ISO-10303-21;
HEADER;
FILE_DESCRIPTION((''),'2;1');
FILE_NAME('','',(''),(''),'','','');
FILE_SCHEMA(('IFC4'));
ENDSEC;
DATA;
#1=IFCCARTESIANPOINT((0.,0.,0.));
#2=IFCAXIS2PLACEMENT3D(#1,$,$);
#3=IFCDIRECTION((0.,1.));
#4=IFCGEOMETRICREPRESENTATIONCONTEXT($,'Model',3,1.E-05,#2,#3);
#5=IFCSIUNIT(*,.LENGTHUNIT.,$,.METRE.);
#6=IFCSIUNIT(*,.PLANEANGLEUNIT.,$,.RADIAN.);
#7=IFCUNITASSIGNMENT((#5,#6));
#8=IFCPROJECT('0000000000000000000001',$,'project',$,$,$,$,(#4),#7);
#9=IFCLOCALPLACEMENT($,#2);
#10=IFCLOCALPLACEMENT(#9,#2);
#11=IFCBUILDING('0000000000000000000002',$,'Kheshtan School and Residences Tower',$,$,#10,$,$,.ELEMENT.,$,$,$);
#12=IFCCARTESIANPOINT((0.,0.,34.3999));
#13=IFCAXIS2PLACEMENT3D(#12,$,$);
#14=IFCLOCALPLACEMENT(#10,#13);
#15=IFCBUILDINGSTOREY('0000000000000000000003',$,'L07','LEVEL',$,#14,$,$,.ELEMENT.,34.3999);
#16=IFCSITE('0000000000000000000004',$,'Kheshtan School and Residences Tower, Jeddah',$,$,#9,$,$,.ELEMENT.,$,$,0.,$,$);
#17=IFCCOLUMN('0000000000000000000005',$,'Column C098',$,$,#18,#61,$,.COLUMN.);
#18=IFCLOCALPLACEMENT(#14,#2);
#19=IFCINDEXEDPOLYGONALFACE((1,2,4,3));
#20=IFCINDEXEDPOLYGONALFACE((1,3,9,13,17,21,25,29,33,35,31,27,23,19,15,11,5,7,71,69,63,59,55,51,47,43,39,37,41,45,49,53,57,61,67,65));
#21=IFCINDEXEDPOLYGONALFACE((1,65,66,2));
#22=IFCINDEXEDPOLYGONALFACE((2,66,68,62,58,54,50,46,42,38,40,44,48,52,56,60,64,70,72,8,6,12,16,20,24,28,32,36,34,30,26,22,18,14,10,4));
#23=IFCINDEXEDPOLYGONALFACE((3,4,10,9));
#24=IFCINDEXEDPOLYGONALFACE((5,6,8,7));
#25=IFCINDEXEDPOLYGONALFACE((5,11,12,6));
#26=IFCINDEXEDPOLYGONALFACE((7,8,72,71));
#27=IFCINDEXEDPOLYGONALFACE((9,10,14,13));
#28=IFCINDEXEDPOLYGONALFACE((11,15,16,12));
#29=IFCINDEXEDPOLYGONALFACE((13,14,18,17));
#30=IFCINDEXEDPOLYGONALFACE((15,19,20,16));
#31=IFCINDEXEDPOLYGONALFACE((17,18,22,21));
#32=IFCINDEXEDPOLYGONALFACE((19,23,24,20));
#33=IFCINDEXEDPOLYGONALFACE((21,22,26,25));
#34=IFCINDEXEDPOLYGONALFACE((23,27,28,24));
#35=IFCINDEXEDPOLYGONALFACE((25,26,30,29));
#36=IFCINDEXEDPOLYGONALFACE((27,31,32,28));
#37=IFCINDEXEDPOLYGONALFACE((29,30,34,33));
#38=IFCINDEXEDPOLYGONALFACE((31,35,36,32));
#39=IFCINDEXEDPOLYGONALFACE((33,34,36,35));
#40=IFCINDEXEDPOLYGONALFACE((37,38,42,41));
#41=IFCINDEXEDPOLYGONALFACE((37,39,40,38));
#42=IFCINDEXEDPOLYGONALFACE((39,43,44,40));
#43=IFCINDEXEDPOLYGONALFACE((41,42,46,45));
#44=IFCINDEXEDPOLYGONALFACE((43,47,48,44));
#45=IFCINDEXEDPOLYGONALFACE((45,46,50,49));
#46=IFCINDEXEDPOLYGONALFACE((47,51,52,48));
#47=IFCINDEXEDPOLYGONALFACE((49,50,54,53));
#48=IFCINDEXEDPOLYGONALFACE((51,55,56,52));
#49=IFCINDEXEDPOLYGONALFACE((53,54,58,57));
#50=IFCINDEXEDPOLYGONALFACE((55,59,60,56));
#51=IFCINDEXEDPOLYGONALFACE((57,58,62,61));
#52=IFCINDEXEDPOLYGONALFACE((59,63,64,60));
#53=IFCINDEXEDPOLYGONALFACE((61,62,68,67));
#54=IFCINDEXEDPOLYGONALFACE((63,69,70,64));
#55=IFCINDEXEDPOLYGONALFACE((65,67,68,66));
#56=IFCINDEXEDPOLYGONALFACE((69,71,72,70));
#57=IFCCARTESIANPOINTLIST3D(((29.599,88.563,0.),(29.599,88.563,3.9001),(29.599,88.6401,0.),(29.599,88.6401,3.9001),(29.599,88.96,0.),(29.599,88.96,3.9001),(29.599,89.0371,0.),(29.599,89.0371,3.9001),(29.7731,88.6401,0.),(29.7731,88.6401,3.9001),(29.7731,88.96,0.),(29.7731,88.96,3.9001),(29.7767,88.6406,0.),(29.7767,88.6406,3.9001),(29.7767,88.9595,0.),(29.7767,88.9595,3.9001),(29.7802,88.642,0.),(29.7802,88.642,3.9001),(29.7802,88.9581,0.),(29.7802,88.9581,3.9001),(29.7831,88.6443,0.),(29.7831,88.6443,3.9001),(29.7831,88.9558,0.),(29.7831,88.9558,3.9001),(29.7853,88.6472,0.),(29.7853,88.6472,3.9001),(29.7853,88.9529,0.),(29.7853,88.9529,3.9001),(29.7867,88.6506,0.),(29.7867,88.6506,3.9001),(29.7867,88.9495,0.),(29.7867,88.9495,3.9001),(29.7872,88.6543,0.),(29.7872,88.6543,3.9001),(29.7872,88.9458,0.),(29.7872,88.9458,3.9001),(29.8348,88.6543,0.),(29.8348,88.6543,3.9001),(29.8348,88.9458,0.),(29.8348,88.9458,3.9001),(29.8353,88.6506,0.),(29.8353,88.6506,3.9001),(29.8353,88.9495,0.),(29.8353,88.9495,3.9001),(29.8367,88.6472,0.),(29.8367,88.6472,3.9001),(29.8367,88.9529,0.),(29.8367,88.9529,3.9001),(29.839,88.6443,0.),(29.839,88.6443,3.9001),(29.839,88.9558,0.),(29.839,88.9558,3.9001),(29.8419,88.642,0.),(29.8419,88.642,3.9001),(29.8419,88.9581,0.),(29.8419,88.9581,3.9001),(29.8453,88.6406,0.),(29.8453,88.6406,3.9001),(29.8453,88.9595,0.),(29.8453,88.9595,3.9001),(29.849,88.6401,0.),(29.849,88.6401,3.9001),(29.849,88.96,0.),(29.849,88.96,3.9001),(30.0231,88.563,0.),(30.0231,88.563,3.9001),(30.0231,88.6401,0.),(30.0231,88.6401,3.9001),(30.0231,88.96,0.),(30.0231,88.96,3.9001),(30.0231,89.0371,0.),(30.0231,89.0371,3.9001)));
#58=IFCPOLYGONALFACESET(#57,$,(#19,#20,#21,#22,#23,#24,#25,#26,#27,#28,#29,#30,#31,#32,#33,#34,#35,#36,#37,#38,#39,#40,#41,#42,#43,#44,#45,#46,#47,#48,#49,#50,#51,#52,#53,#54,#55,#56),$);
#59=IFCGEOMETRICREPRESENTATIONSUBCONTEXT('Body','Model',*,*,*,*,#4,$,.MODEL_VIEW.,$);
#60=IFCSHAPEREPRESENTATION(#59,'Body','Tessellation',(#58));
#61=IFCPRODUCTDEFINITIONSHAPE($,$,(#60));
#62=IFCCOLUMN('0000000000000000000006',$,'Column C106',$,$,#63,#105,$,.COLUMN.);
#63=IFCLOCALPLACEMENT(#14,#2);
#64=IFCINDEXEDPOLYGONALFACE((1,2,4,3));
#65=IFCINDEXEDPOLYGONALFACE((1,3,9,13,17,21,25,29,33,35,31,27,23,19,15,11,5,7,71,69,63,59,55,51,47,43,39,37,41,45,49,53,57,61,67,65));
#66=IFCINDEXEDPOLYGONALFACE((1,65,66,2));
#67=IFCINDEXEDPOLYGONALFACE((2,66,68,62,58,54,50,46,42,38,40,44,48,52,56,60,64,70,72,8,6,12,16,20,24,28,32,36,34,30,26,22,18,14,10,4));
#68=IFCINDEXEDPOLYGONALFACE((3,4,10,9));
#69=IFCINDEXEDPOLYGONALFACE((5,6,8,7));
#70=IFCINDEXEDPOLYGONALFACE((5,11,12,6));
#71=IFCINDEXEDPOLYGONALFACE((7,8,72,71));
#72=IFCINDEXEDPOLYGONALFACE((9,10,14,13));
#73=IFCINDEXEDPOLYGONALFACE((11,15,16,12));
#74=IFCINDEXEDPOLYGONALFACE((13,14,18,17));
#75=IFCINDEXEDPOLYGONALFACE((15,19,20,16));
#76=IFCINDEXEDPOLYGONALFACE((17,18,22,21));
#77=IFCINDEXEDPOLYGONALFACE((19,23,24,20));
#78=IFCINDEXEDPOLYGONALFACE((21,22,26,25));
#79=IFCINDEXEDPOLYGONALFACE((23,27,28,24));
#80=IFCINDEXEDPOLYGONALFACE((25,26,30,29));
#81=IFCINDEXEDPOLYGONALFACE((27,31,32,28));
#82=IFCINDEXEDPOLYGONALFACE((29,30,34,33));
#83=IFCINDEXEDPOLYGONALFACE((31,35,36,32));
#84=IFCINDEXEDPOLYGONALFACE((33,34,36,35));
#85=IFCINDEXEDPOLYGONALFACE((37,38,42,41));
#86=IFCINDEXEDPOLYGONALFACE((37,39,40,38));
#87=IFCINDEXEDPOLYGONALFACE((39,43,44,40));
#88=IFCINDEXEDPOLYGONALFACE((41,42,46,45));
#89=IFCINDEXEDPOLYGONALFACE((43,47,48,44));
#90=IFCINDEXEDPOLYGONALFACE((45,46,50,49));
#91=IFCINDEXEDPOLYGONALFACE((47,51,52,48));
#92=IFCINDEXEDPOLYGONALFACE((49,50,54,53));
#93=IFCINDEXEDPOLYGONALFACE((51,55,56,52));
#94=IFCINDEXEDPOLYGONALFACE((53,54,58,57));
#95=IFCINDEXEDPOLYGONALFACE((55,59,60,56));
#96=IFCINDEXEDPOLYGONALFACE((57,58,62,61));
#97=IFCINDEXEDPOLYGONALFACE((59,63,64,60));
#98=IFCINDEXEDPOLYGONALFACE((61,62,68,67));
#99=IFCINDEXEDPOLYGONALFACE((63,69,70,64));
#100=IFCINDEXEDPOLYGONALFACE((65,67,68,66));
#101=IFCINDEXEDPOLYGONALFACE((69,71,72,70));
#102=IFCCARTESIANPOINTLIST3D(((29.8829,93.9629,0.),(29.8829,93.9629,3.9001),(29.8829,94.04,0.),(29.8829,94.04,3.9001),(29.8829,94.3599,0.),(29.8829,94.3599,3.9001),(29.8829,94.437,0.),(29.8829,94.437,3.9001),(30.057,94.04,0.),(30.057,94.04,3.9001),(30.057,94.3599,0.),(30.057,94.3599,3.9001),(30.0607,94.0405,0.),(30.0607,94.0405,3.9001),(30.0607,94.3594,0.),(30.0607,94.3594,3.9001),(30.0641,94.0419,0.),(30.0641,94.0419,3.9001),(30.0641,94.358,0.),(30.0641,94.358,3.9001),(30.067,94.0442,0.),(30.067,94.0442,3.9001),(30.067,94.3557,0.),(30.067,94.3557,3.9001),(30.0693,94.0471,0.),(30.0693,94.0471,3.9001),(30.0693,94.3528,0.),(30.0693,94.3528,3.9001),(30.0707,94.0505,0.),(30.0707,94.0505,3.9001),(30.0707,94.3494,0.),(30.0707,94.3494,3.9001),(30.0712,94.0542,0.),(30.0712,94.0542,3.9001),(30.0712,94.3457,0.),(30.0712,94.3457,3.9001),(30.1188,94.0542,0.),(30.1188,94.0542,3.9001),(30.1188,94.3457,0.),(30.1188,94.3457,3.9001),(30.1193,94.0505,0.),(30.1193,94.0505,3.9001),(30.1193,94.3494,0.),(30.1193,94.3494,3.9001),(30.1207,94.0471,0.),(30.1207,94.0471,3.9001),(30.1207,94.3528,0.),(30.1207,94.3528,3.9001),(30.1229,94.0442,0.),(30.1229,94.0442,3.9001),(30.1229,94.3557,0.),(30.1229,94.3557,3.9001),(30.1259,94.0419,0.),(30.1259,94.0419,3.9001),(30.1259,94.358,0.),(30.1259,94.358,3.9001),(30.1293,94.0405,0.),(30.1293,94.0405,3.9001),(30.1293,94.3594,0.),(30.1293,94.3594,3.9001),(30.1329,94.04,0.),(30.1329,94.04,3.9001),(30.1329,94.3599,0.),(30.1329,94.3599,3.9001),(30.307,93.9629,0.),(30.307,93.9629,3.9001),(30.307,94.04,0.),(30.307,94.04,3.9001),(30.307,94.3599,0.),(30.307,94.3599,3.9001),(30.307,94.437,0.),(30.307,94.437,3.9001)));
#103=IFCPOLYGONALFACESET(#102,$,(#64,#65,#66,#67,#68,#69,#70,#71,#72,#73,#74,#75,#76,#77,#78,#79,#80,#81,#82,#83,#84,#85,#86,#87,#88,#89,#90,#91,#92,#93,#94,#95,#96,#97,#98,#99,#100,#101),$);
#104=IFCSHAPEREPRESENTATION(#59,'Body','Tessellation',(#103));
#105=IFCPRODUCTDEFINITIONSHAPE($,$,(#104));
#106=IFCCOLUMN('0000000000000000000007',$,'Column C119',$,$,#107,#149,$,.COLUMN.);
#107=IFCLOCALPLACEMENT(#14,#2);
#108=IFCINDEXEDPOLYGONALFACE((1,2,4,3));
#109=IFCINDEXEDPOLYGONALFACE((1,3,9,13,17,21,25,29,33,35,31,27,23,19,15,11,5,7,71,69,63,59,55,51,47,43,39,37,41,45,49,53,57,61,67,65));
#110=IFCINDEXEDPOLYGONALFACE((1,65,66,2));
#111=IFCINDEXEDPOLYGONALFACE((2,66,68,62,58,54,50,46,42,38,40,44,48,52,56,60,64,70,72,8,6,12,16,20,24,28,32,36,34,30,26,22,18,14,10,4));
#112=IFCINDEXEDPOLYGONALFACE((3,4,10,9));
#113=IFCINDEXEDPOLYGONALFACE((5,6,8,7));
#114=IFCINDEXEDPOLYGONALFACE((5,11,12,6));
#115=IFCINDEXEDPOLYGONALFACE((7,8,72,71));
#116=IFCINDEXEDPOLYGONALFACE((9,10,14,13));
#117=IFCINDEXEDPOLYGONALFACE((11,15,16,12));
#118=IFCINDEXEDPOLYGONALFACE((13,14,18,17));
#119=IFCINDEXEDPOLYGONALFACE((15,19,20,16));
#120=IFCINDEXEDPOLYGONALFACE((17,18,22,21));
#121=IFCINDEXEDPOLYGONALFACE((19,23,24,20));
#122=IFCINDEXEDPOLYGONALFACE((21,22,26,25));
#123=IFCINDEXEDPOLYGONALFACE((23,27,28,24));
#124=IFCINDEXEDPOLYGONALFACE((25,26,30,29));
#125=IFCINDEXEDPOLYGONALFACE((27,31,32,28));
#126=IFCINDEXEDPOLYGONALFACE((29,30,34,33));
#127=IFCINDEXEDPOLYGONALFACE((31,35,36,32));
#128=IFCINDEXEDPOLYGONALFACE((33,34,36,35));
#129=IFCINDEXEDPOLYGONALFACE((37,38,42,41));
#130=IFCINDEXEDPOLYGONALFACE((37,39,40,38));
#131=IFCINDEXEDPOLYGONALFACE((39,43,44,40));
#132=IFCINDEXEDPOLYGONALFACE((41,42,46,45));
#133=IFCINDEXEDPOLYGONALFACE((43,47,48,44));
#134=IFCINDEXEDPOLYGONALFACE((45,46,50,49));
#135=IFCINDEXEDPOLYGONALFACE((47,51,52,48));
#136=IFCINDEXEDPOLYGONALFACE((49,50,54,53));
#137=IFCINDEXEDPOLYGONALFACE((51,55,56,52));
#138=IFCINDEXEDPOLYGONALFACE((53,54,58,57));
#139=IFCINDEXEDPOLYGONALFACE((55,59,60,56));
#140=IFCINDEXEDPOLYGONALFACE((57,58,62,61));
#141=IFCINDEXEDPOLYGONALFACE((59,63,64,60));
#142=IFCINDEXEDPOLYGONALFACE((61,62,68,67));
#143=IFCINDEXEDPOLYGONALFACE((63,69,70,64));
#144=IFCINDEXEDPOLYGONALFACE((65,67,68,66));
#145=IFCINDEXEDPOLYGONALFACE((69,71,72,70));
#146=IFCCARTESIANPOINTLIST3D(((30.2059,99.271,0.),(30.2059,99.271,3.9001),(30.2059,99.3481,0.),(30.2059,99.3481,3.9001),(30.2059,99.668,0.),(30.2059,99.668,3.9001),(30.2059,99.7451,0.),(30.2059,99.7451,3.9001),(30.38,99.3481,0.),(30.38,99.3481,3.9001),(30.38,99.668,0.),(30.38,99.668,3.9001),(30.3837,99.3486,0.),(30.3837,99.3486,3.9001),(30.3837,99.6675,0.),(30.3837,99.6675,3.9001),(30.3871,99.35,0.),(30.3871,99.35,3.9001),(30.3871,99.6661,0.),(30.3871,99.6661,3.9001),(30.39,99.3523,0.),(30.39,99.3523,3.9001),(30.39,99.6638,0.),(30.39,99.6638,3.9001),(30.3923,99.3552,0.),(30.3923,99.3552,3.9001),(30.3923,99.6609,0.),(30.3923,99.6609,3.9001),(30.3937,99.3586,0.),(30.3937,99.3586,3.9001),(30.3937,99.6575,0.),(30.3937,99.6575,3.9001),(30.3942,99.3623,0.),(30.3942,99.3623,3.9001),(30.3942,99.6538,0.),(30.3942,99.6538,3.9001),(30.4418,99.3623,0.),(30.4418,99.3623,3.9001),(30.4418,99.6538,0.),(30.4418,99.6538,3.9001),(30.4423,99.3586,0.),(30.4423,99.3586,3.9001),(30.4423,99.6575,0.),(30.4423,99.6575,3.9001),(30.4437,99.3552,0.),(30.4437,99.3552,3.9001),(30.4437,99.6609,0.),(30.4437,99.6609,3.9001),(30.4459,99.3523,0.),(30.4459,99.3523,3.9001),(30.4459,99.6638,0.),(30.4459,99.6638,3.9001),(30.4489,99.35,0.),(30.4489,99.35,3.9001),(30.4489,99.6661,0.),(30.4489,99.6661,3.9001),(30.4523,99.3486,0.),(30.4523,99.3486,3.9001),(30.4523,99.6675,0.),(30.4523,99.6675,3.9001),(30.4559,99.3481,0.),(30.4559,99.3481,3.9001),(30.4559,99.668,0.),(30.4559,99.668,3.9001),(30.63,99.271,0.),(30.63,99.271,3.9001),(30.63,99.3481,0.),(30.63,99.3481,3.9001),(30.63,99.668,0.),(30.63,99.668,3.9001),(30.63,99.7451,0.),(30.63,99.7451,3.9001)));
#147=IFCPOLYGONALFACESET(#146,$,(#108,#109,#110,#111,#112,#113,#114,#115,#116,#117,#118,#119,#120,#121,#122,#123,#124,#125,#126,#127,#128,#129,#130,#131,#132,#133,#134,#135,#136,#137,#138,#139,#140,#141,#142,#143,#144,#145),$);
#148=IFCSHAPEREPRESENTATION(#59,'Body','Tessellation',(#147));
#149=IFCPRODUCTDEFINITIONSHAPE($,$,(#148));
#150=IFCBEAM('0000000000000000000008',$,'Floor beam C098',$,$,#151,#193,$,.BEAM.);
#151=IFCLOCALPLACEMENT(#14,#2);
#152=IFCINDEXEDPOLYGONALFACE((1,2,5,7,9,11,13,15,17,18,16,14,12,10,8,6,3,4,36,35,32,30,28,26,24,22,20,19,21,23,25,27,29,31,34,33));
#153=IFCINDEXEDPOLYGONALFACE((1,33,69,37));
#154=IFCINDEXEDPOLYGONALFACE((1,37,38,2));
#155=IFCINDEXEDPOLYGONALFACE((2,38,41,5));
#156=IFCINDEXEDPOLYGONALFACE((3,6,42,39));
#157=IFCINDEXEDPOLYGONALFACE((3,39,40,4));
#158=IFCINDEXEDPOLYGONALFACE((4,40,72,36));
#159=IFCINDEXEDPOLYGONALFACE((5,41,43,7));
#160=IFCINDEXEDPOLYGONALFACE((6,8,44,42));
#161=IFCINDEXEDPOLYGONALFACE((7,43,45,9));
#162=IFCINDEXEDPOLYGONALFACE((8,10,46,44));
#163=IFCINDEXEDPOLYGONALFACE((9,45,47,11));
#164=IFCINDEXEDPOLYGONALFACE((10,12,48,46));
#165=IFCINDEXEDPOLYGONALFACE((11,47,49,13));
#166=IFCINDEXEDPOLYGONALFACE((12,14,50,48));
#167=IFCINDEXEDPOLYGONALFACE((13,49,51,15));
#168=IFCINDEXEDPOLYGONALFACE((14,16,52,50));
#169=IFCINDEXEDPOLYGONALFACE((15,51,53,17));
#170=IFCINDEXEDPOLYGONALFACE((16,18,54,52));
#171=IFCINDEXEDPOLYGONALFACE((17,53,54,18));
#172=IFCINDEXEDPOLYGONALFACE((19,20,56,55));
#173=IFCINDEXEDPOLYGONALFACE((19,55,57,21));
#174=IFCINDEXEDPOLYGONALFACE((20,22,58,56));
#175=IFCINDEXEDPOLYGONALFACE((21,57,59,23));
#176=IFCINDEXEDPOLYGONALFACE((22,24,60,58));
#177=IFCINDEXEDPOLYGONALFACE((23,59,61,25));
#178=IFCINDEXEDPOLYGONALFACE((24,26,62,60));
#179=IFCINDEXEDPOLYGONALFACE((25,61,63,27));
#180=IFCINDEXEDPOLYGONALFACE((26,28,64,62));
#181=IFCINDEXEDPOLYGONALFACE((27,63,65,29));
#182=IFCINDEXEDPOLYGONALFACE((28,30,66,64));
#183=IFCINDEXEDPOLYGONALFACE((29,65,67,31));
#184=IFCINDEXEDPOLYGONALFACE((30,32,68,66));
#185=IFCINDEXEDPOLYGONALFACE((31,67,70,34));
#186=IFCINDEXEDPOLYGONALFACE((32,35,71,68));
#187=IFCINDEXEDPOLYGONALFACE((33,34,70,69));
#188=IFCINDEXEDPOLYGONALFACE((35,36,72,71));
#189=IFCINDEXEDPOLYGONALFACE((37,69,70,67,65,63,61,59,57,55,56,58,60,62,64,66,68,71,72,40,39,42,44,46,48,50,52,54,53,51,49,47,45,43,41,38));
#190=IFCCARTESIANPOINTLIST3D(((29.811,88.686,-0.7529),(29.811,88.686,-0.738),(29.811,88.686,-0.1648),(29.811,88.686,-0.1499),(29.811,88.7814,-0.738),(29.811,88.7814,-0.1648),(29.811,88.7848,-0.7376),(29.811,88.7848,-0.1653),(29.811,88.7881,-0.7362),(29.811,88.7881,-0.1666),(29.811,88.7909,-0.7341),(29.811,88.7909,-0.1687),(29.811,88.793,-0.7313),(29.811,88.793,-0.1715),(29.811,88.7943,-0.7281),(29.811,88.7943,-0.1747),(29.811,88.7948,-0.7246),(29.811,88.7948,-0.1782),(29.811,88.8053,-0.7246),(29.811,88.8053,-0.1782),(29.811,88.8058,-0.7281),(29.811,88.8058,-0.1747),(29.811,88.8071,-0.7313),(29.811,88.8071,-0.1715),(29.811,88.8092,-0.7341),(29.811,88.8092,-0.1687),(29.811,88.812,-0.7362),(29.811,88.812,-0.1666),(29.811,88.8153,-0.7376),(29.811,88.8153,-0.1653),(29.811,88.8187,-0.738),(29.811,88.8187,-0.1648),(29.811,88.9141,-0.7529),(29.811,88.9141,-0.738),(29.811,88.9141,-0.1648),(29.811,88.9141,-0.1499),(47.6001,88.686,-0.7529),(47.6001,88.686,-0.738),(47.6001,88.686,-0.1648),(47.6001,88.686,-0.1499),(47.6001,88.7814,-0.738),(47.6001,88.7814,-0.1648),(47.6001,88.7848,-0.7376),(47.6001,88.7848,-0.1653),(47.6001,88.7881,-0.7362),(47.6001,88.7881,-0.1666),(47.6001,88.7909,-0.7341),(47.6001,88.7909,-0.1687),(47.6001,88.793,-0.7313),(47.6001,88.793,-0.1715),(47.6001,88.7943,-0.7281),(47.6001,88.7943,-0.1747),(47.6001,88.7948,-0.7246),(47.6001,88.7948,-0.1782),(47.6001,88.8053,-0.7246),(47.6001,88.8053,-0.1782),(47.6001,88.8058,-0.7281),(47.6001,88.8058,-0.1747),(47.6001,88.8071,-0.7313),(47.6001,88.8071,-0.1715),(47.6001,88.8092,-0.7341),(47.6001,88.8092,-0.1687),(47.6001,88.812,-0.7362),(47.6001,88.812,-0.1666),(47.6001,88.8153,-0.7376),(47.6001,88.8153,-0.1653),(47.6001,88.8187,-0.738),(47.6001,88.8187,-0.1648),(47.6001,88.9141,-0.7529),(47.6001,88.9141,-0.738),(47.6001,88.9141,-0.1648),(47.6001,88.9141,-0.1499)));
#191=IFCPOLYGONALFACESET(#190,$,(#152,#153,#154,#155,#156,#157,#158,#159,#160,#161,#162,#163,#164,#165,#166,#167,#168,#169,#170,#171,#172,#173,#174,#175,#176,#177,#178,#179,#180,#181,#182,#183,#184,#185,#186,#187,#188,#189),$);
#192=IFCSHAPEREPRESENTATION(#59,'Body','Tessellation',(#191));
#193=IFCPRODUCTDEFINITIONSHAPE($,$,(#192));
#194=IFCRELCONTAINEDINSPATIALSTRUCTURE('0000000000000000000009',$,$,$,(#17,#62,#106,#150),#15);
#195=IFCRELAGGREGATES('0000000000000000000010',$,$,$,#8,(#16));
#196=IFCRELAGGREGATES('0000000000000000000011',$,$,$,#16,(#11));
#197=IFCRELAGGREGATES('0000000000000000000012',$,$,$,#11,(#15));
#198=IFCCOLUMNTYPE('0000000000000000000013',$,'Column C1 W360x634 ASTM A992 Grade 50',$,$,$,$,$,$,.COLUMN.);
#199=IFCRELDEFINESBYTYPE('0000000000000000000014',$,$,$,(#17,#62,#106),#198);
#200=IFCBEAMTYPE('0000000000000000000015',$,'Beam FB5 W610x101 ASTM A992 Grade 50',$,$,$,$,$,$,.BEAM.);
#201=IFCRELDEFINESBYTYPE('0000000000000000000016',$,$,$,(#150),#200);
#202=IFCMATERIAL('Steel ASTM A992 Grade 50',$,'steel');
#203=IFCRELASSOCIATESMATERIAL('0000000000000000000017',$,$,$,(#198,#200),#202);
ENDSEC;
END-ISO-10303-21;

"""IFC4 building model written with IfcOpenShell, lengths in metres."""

from ifc_helpers import new_model, si_unit, direction, frame, origin, origin_2d, place, context, subcontext, project, spatial, i_section, extrude, material, material_profile, profile_set, type_object, element, save


model = new_model("IFC4")

# Units and contexts
model_context = context("Model", 3, precision=1e-05, world=origin(), true_north=direction((0.0, 1.0)))
body_context = subcontext(model_context, "Body", "Model", "MODEL_VIEW")
ifc_project = project(units=[si_unit("LENGTHUNIT", "METRE"), si_unit("PLANEANGLEUNIT", "RADIAN")], contexts=[model_context])

# Site, building, storey
site_placement = place(None, origin())
site = spatial("IfcSite", under=ifc_project, at=site_placement, Name="Kheshtan School and Residences Tower, Jeddah", CompositionType="ELEMENT", RefElevation=0.0)
building_placement = place(site_placement, origin())
building = spatial("IfcBuilding", under=site, at=building_placement, Name="Kheshtan School and Residences Tower", CompositionType="ELEMENT")
storey_placement = place(building_placement, frame((0.0, 0.0, 34.3999)))
storey = spatial("IfcBuildingStorey", under=building, at=storey_placement, Name="L07", Description="LEVEL", CompositionType="ELEMENT", Elevation=34.3999)

# Columns
ifc_material_1 = material(Name="Steel ASTM A992 Grade 50", Category="steel")
ifc_material_profile_1 = material_profile(ifc_material_1, i_section(OverallWidth=0.4241, OverallDepth=0.4741, WebThickness=0.0476, FlangeThickness=0.0771, FilletRadius=0.0142, at=origin_2d()), Name="W360x634")
ifc_profile_set_1 = profile_set([ifc_material_profile_1], Name="Steel ASTM A992 Grade 50")
column_type = type_object("IfcColumnType", Name="Column C1 W360x634 ASTM A992 Grade 50", PredefinedType="COLUMN", material=ifc_profile_set_1)
for number, where, z_axis, x_axis, name in (
    (1, (29.811, 88.8, 0.0), (0.0, 0.0, 1.0), (1.0, 0.0, 0.0), "Column C098"),
    (2, (30.095, 94.2, 0.0), (0.0, 0.0, 1.0), (1.0, 0.0, 0.0), "Column C106"),
    (3, (30.418, 99.5081, 0.0), (0.0, 0.0, 1.0), (1.0, 0.0, 0.0), "Column C119"),
):
    element("IfcColumn", number, at=place(storey_placement, frame(where, z_axis=z_axis, x_axis=x_axis)), inside=storey, type_object=column_type, Name=name, PredefinedType="COLUMN", context=body_context, shape_type="SweptSolid", body=[
        extrude(i_section(OverallWidth=0.4241, OverallDepth=0.4741, WebThickness=0.0476, FlangeThickness=0.0771, FilletRadius=0.0142, at=origin_2d()), origin(), (0.0, 0.0, 1.0), 3.9001),
    ])

# Beam
ifc_material_profile_2 = material_profile(ifc_material_1, i_section(OverallWidth=0.228, OverallDepth=0.603, WebThickness=0.0105, FlangeThickness=0.0149, FilletRadius=0.0134, at=origin_2d()), Name="W610x101")
ifc_profile_set_2 = profile_set([ifc_material_profile_2], Name="Steel ASTM A992 Grade 50")
beam_type_1 = type_object("IfcBeamType", Name="Beam FB5 W610x101 ASTM A992 Grade 50", PredefinedType="BEAM", material=ifc_profile_set_2)
beam_1_placement = place(storey_placement, frame((29.811, 88.8, -0.4514), z_axis=(1.0, 0.0, 0.0), x_axis=(0.0, 1.0, 0.0)))
element("IfcBeam", 4, at=beam_1_placement, inside=storey, type_object=beam_type_1, Name="Floor beam C098", PredefinedType="BEAM", context=body_context, shape_type="SweptSolid", body=[
    extrude(i_section(OverallWidth=0.228, OverallDepth=0.603, WebThickness=0.0105, FlangeThickness=0.0149, FilletRadius=0.0134, at=origin_2d()), origin(), (0.0, 0.0, 1.0), 17.7891),
])

save(model, "model.ifc")
